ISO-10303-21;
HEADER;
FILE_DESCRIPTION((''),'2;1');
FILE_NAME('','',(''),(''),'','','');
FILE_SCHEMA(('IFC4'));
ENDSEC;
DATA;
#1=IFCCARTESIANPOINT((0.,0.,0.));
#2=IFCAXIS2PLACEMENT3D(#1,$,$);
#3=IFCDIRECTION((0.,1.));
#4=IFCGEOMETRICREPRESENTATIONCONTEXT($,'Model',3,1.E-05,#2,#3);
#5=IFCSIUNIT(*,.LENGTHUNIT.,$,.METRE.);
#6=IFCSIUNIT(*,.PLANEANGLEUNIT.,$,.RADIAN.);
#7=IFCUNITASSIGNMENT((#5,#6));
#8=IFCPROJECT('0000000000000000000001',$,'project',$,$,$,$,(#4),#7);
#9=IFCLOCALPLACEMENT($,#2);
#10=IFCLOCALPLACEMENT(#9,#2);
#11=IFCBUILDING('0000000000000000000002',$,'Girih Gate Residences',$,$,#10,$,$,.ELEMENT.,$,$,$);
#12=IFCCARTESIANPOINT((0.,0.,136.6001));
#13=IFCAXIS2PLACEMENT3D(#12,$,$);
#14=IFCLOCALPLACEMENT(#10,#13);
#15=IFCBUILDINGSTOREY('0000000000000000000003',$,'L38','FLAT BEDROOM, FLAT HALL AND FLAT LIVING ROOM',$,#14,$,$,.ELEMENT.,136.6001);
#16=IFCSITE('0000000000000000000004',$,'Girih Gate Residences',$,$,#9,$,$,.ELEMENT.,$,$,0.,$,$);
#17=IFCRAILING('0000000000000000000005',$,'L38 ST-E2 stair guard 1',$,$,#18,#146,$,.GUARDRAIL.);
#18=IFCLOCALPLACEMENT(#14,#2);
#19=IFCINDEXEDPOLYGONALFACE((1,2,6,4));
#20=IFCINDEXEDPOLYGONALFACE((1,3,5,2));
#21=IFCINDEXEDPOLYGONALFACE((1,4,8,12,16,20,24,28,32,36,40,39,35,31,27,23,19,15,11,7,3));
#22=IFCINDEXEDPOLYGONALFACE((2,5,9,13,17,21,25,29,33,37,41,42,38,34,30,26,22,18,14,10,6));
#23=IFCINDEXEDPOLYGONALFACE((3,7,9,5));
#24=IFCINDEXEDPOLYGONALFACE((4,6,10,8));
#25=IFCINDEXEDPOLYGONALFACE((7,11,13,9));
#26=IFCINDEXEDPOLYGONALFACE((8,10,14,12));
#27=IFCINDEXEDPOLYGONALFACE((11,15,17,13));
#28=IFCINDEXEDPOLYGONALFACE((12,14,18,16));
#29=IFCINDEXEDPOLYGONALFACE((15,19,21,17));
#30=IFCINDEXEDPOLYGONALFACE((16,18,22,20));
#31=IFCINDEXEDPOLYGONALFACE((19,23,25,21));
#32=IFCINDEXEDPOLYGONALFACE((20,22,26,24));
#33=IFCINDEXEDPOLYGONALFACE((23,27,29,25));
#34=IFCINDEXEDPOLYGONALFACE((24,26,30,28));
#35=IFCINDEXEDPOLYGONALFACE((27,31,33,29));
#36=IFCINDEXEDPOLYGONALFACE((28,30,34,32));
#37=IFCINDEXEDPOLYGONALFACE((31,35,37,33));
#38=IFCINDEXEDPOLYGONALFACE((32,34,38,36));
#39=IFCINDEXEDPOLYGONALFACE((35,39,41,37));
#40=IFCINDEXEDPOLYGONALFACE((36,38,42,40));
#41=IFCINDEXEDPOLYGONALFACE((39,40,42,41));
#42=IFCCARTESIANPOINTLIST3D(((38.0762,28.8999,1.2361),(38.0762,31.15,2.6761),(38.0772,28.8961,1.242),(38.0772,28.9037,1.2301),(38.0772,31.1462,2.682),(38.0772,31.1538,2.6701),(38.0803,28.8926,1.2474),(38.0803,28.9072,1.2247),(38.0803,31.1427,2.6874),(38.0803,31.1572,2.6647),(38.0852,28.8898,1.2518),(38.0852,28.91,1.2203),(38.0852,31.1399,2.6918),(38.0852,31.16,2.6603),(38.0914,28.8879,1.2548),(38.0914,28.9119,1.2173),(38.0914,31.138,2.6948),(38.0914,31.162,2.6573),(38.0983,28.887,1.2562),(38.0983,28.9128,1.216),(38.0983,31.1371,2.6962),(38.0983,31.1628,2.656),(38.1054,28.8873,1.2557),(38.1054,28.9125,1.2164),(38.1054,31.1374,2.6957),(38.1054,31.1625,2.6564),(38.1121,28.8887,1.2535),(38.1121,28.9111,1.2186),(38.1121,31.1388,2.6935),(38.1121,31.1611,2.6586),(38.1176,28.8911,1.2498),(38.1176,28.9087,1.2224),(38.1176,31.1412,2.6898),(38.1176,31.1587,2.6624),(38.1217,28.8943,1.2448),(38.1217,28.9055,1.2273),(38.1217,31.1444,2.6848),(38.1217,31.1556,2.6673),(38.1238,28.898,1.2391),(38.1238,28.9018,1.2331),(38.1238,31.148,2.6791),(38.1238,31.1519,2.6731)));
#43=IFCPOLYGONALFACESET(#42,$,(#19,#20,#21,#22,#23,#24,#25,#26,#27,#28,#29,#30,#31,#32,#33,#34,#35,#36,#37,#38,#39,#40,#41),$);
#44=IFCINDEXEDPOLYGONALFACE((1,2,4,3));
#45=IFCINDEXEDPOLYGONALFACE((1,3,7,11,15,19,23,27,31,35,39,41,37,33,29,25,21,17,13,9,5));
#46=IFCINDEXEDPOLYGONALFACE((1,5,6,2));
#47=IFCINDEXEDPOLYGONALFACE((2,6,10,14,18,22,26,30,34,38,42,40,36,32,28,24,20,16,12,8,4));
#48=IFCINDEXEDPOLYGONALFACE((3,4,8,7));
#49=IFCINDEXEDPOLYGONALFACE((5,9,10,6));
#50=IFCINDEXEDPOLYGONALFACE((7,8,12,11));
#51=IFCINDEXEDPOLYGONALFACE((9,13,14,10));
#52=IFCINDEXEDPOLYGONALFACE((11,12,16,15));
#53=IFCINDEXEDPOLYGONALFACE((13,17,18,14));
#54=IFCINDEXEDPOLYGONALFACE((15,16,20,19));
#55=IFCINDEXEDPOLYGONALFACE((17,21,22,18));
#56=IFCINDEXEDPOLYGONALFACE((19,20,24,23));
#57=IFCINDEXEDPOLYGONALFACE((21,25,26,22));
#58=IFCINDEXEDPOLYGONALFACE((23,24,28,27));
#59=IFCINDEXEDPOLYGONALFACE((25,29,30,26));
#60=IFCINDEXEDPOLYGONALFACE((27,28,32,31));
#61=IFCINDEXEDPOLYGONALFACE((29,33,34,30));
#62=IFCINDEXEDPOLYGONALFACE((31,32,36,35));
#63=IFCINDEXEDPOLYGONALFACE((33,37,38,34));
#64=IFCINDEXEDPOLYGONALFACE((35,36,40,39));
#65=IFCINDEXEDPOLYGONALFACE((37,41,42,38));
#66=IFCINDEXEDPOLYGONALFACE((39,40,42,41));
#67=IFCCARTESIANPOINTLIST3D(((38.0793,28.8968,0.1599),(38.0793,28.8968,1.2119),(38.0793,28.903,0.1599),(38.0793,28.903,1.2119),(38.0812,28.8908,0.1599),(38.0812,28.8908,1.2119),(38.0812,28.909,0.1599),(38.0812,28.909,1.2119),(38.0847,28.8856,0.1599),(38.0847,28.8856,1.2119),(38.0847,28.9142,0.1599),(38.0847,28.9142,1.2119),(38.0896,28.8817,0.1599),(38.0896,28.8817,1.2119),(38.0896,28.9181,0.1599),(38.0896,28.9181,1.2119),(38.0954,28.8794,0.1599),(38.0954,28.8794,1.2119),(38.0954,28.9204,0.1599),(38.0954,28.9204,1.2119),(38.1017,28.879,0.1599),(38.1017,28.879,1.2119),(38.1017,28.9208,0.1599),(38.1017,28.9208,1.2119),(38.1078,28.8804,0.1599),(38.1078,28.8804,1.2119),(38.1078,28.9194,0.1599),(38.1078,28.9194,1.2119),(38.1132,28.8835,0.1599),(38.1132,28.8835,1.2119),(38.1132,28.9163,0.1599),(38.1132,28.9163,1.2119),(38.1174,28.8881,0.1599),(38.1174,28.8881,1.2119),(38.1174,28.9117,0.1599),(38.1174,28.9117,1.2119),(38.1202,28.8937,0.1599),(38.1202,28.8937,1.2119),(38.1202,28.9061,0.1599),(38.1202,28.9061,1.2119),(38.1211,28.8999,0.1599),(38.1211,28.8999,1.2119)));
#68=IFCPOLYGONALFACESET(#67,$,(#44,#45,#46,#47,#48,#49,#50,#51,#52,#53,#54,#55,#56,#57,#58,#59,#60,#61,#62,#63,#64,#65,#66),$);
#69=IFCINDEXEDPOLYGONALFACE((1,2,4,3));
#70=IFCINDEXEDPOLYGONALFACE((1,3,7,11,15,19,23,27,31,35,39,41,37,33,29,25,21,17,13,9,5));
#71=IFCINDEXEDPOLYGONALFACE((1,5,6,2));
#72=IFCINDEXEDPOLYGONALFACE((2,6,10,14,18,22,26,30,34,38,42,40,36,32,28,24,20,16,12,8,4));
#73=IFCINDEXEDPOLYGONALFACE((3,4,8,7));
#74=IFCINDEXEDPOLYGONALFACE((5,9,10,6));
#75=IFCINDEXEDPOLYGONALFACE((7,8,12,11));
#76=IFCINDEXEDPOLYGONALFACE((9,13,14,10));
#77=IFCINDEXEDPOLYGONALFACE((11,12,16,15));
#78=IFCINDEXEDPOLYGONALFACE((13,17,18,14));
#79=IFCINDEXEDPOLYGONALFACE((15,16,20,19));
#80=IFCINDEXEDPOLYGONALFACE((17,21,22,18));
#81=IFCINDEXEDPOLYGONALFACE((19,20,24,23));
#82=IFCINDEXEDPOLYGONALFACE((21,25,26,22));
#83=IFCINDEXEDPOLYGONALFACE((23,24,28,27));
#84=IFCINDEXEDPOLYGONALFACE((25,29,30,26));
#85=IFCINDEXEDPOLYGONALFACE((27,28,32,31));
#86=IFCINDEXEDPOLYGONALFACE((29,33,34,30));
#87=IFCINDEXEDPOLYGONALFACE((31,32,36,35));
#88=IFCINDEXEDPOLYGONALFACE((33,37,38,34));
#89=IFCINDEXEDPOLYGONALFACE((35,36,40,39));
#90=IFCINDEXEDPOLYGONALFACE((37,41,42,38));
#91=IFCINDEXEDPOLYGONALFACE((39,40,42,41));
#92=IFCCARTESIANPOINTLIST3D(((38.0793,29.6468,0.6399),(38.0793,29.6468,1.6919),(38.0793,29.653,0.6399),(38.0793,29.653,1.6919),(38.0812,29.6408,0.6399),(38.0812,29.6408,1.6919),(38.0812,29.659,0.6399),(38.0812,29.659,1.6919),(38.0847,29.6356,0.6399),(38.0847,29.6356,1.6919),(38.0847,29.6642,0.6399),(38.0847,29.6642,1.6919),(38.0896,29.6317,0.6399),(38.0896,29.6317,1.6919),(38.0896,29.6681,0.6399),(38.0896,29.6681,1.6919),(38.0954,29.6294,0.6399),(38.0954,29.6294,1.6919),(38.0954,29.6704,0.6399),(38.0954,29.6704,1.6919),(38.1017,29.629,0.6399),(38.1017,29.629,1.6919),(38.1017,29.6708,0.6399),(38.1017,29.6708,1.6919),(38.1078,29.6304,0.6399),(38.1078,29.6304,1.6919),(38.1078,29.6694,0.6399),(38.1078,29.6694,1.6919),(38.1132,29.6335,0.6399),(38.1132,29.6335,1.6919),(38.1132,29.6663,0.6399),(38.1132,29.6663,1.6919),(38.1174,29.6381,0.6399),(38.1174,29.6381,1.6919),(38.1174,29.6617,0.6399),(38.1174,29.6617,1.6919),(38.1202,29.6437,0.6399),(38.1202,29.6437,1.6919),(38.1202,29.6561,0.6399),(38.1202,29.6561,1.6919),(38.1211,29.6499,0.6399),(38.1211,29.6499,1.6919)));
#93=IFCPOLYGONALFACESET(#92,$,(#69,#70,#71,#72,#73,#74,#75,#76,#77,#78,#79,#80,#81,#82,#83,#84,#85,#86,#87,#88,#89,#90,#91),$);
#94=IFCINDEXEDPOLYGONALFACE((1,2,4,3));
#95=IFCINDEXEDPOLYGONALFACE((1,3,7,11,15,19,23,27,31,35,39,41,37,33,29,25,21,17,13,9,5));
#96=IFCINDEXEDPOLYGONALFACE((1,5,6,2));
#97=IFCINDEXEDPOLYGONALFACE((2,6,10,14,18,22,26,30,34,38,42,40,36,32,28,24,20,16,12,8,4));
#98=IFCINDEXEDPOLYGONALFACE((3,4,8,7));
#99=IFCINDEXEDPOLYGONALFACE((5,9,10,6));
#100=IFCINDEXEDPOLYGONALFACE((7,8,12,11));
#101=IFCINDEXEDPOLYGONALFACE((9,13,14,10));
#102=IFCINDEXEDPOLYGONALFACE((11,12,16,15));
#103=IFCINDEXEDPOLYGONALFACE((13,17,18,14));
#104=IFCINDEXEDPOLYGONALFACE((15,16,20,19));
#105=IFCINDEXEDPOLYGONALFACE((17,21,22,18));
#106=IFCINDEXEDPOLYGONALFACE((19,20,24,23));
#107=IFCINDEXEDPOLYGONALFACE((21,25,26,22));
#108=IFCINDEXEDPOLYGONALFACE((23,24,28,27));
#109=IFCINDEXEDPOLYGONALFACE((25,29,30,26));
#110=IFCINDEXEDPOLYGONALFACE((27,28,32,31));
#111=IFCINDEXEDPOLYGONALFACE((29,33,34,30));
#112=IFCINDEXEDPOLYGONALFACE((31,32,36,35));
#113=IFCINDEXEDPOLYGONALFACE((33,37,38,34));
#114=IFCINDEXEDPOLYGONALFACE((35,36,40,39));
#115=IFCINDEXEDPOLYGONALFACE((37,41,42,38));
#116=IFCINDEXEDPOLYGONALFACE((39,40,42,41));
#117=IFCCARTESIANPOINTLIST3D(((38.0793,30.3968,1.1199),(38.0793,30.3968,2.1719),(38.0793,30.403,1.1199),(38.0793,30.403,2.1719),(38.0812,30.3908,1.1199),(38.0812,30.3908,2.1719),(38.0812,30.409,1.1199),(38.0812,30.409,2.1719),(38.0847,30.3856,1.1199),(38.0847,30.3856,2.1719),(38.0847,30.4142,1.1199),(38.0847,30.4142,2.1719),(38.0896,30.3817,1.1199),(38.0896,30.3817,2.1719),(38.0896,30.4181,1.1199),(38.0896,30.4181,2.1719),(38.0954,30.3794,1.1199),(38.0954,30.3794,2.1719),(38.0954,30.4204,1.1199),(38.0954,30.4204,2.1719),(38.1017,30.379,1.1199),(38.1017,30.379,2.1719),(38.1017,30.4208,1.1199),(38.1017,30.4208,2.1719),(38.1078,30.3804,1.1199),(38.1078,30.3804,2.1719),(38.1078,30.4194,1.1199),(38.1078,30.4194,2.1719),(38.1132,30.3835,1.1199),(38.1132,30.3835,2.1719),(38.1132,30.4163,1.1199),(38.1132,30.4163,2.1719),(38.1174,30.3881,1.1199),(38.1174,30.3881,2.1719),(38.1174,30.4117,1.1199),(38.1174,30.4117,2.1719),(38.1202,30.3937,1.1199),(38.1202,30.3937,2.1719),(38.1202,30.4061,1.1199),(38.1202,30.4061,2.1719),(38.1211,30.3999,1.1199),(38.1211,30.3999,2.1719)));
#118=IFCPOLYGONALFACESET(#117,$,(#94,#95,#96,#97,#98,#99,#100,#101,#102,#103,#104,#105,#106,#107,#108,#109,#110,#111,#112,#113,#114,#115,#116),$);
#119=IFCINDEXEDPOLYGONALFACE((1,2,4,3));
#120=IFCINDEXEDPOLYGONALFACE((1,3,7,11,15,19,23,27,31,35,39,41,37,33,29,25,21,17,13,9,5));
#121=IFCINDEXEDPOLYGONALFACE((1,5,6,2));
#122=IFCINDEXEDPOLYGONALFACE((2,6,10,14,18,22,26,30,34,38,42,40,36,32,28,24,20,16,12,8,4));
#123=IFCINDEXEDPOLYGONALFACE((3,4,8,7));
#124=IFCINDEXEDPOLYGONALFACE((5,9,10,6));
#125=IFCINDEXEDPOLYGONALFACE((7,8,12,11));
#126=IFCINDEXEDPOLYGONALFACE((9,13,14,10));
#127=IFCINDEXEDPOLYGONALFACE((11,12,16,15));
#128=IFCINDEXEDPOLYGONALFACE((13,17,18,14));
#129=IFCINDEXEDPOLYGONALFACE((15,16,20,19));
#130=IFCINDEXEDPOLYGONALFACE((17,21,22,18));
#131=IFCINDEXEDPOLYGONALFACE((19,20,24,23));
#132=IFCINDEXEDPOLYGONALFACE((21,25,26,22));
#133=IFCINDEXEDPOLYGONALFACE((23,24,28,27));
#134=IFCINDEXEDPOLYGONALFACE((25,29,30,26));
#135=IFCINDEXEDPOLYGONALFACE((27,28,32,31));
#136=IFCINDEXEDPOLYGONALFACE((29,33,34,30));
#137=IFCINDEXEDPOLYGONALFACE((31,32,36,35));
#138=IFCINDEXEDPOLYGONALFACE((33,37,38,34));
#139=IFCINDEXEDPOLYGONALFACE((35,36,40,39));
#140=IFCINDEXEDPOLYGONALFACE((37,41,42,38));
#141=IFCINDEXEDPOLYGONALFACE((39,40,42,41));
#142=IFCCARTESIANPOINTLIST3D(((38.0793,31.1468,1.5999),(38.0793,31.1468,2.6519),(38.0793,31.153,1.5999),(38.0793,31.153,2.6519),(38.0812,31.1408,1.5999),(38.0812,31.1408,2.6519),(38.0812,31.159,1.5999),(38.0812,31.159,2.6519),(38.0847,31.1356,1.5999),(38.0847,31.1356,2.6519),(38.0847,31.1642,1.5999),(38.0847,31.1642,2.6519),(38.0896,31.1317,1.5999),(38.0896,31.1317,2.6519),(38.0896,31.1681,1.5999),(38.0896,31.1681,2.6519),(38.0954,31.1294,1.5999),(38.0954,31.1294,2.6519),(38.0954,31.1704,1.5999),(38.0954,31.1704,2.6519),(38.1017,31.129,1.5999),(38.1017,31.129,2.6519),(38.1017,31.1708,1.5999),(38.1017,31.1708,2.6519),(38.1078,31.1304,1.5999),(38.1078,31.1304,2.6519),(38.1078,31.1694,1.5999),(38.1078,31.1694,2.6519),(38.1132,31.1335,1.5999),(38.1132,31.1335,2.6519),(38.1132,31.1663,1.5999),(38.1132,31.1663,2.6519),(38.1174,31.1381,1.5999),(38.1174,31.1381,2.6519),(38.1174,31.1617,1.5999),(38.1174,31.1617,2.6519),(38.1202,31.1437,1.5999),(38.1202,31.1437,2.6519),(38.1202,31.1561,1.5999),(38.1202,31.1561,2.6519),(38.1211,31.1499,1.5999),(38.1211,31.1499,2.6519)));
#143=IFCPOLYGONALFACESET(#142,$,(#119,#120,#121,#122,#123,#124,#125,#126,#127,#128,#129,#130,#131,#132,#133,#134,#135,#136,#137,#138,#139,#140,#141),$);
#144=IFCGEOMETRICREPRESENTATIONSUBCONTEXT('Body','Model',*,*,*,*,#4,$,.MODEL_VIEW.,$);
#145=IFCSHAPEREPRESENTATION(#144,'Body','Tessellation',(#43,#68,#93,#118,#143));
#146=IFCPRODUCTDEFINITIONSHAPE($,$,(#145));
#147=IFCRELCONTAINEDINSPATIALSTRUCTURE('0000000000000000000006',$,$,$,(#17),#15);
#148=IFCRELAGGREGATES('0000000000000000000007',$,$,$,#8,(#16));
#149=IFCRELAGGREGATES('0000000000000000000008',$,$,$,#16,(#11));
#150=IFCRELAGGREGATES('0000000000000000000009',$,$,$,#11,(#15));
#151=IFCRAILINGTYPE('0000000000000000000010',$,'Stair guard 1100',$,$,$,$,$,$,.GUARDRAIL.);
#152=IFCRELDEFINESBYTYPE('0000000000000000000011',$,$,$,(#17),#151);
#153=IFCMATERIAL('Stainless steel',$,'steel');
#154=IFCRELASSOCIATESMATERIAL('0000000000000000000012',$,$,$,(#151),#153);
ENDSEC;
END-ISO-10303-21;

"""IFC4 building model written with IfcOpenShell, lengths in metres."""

from ifc_helpers import new_model, si_unit, direction, frame, origin, origin_2d, place, context, subcontext, project, spatial, circle, extrude, material, type_object, element, save


model = new_model("IFC4")

# Units and contexts
model_context = context("Model", 3, precision=1e-05, world=origin(), true_north=direction((0.0, 1.0)))
body_context = subcontext(model_context, "Body", "Model", "MODEL_VIEW")
ifc_project = project(units=[si_unit("LENGTHUNIT", "METRE"), si_unit("PLANEANGLEUNIT", "RADIAN")], contexts=[model_context])

# Site, building, storey
site_placement = place(None, origin())
site = spatial("IfcSite", under=ifc_project, at=site_placement, Name="Girih Gate Residences", CompositionType="ELEMENT", RefElevation=0.0)
building_placement = place(site_placement, origin())
building = spatial("IfcBuilding", under=site, at=building_placement, Name="Girih Gate Residences", CompositionType="ELEMENT")
storey_placement = place(building_placement, frame((0.0, 0.0, 136.6001)))
storey = spatial("IfcBuildingStorey", under=building, at=storey_placement, Name="L38", Description="FLAT BEDROOM, FLAT HALL AND FLAT LIVING ROOM", CompositionType="ELEMENT", Elevation=136.6001)

# Railing
ifc_material_1 = material(Name="Stainless steel", Category="steel")
railing_type = type_object("IfcRailingType", Name="Stair guard 1100", PredefinedType="GUARDRAIL", material=ifc_material_1)
railing_placement = place(storey_placement, frame((38.1001, 28.8999, 0.1599)))
element("IfcRailing", 1, at=railing_placement, inside=storey, type_object=railing_type, Name="L38 ST-E2 stair guard 1", PredefinedType="GUARDRAIL", context=body_context, shape_type="SweptSolid", body=[
    extrude(circle(Radius=0.0239, at=origin_2d()), frame((0.0, 0.0, 1.0762), z_axis=(0.0, 0.842281, 0.539038), x_axis=(-1.0, 0.0, 0.0)), (0.0, 0.0, 1.0), 2.6714),
    extrude(circle(Radius=0.021, at=origin_2d()), origin(), (0.0, 0.0, 1.0), 1.052),
    extrude(circle(Radius=0.021, at=origin_2d()), frame((0.0, 0.75, 0.48)), (0.0, 0.0, 1.0), 1.052),
    extrude(circle(Radius=0.021, at=origin_2d()), frame((0.0, 1.5, 0.96)), (0.0, 0.0, 1.0), 1.052),
    extrude(circle(Radius=0.021, at=origin_2d()), frame((0.0, 2.25, 1.4399)), (0.0, 0.0, 1.0), 1.052),
])

save(model, "model.ifc")
